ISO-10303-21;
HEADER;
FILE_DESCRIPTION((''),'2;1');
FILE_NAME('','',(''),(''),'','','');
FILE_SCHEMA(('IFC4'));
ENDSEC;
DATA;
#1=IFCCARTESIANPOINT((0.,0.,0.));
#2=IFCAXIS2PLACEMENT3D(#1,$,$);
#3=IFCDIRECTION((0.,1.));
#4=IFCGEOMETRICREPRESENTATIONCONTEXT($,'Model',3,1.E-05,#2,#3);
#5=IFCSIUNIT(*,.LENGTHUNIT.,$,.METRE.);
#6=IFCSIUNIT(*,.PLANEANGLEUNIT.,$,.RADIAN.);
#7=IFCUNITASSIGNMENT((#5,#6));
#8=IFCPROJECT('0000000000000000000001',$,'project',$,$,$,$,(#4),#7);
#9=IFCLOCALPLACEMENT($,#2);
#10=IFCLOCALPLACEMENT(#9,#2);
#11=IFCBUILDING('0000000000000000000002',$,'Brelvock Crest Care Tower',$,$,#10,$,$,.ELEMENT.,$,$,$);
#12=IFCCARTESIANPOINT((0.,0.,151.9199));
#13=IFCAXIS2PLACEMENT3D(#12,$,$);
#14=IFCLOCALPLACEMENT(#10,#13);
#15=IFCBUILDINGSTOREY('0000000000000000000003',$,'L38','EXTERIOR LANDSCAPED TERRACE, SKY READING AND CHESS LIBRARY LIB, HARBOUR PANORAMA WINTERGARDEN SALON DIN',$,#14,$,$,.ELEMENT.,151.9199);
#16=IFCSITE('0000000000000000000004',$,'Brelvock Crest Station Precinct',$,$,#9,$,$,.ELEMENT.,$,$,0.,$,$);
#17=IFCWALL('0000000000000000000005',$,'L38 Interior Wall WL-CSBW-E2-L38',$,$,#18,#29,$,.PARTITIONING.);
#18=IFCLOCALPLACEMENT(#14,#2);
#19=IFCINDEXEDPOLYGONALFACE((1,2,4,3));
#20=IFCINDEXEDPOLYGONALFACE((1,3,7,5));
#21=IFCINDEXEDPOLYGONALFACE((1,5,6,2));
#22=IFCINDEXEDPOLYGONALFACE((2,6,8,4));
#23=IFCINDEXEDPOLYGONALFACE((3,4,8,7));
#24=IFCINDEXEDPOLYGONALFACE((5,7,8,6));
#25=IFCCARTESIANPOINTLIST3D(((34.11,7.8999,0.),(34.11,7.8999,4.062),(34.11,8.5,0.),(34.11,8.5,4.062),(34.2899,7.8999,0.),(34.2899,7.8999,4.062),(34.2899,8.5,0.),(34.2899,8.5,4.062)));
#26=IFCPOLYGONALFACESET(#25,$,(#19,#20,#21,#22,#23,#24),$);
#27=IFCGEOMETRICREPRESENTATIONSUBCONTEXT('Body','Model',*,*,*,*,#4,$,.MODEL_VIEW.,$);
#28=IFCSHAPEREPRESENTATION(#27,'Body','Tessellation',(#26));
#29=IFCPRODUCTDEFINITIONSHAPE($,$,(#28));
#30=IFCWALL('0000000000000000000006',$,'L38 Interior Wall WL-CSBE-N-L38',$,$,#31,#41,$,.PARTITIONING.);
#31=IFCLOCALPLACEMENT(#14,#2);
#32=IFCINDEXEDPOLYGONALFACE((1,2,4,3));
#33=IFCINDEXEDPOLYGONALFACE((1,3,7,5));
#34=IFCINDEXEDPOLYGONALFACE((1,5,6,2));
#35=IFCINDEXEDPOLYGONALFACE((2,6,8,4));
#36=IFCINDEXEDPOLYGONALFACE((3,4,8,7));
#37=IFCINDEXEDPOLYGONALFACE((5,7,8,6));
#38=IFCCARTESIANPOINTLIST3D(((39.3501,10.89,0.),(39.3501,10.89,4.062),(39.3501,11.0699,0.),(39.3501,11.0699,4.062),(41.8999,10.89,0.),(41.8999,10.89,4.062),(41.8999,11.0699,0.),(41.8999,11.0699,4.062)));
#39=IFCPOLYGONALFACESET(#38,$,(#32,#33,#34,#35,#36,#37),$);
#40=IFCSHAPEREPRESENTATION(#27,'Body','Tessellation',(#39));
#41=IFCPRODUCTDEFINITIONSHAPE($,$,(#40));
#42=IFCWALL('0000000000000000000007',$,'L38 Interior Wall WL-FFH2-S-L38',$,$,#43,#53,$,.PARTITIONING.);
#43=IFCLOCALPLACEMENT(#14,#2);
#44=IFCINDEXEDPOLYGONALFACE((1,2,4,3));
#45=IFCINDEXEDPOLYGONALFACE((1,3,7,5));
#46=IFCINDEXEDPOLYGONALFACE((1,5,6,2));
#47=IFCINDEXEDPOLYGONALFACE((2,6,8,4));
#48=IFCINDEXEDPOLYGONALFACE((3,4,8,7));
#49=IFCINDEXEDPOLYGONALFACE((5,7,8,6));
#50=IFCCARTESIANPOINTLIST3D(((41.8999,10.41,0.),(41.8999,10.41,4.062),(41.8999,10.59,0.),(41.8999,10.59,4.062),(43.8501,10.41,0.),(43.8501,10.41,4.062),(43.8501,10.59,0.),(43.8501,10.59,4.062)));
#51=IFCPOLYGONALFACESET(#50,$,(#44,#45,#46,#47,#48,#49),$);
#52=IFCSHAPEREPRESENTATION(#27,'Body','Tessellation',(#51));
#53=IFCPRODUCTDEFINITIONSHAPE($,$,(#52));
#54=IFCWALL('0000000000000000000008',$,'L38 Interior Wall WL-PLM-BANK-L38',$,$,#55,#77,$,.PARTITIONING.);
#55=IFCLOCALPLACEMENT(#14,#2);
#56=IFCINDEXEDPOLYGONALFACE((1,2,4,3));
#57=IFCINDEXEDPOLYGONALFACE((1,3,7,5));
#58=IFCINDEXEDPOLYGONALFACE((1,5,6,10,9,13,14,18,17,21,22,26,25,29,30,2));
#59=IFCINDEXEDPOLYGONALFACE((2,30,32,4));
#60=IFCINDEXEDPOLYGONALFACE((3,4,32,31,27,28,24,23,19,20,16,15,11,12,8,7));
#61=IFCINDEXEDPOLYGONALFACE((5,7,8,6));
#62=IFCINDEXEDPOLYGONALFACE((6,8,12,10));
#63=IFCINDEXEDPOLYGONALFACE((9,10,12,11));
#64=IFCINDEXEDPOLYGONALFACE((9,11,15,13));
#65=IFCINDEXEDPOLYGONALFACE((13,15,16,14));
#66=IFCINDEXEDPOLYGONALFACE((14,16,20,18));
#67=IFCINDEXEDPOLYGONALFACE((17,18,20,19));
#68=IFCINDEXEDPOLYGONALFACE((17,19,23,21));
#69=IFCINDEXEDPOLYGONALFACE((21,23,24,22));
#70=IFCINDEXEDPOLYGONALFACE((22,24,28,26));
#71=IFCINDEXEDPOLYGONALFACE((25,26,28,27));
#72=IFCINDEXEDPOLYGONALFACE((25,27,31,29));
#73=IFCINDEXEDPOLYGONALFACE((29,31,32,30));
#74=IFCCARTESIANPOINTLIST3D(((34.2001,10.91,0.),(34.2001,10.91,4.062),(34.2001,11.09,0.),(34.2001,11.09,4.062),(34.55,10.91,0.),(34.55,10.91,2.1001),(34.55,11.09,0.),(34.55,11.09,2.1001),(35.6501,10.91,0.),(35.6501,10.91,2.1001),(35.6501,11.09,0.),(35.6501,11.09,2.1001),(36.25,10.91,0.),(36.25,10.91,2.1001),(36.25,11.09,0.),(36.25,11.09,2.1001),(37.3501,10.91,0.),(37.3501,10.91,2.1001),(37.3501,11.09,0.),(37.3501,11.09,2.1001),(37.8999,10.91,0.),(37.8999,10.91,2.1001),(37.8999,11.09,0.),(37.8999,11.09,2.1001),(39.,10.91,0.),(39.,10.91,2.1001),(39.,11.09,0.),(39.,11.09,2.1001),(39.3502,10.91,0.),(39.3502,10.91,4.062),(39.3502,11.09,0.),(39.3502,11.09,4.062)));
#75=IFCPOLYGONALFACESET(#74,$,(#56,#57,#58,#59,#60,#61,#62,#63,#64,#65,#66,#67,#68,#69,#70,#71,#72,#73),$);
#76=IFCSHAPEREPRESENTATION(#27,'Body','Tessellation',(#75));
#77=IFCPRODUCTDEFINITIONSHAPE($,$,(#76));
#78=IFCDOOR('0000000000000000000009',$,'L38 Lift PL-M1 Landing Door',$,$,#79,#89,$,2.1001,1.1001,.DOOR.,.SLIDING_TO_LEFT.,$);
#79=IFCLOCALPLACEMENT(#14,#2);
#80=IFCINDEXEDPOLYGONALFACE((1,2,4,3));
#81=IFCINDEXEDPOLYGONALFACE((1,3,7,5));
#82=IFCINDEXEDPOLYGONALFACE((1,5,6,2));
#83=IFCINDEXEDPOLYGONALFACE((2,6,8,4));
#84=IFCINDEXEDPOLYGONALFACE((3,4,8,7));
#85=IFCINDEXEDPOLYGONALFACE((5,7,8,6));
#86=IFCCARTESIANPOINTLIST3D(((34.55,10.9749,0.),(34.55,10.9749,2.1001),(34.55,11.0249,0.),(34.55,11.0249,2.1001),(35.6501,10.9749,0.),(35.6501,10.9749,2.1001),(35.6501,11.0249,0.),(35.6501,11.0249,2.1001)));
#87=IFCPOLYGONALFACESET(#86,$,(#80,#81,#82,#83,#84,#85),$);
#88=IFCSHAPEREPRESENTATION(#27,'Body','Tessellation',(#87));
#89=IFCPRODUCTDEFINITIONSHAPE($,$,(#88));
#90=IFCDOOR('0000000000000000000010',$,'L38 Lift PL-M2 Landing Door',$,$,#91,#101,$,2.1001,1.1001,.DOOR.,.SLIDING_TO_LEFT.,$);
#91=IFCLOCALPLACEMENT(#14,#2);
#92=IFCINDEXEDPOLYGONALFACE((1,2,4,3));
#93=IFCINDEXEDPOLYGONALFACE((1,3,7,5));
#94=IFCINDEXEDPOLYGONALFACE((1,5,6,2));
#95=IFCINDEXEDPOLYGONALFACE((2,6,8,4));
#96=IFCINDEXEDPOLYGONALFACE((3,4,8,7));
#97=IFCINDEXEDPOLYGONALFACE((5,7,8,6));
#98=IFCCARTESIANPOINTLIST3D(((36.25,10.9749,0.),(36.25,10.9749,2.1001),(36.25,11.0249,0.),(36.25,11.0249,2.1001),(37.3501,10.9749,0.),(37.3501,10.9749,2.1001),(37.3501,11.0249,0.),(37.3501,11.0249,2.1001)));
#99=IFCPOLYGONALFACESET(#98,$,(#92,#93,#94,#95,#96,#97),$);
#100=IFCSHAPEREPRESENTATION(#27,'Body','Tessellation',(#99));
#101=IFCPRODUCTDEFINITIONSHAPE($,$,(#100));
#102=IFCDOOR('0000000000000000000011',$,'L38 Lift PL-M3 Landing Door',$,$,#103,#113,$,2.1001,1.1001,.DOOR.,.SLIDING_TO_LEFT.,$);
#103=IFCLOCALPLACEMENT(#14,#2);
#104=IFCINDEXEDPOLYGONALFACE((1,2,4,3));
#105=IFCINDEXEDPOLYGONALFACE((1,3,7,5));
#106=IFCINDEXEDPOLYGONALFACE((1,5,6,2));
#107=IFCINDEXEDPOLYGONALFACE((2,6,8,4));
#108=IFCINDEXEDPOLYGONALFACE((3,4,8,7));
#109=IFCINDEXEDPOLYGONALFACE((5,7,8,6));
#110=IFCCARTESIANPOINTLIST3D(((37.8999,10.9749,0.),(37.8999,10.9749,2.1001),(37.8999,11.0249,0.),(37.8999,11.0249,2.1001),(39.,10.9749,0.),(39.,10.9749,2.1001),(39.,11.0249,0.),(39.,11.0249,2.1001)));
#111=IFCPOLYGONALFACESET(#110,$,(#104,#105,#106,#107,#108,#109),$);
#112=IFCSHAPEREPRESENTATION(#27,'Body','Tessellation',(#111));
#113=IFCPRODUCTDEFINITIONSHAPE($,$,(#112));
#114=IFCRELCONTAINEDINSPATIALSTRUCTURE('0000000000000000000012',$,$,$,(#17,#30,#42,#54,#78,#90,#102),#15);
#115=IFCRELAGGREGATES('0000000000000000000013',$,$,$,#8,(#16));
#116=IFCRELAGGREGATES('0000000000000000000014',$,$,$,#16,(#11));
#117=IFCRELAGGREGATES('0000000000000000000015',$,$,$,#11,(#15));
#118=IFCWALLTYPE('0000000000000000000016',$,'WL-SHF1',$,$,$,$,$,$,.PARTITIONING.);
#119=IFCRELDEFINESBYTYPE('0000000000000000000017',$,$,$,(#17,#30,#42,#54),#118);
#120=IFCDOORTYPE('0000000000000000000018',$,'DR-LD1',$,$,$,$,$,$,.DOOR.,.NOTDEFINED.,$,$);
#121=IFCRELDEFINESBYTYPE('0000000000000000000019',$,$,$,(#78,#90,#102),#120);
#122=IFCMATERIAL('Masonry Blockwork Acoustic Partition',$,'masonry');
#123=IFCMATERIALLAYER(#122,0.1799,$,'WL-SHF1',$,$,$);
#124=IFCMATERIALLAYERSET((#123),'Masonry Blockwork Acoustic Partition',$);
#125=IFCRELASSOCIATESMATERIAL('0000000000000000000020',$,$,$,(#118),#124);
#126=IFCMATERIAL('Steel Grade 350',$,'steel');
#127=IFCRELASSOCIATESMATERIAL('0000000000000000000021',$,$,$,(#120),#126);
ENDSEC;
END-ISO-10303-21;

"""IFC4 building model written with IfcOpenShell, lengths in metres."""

from ifc_helpers import new_model, si_unit, direction, frame, frame_2d, origin, origin_2d, place, context, subcontext, project, spatial, rectangle, extrude, source, transform, mapped, material, layer, layer_set, type_object, element, fill, save


model = new_model("IFC4")

# Units and contexts
model_context = context("Model", 3, precision=1e-05, world=origin(), true_north=direction((0.0, 1.0)))
body_context = subcontext(model_context, "Body", "Model", "MODEL_VIEW")
ifc_project = project(units=[si_unit("LENGTHUNIT", "METRE"), si_unit("PLANEANGLEUNIT", "RADIAN")], contexts=[model_context])

# Site, building, storey
site_placement = place(None, origin())
site = spatial("IfcSite", under=ifc_project, at=site_placement, Name="Brelvock Crest Station Precinct", CompositionType="ELEMENT", RefElevation=0.0)
building_placement = place(site_placement, origin())
building = spatial("IfcBuilding", under=site, at=building_placement, Name="Brelvock Crest Care Tower", CompositionType="ELEMENT")
storey_placement = place(building_placement, frame((0.0, 0.0, 151.9199)))
storey = spatial("IfcBuildingStorey", under=building, at=storey_placement, Name="L38", Description="EXTERIOR LANDSCAPED TERRACE, SKY READING AND CHESS LIBRARY LIB, HARBOUR PANORAMA WINTERGARDEN SALON DIN", CompositionType="ELEMENT", Elevation=151.9199)

# Shared definitions
ifc_material_1 = material(Name="Steel Grade 350", Category="steel")

# Shared definitions
ifc_material_2 = material(Name="Masonry Blockwork Acoustic Partition", Category="masonry")

# Walls
ifc_layer_1 = layer(ifc_material_2, 0.1799, Name="WL-SHF1")
ifc_layer_set_1 = layer_set([ifc_layer_1], Name="Masonry Blockwork Acoustic Partition")
wall_type_1 = type_object("IfcWallType", Name="WL-SHF1", PredefinedType="PARTITIONING", material=ifc_layer_set_1)
wall_1_placement = place(storey_placement, frame((34.2, 7.8999, 0.0), z_axis=(0.0, 0.0, 1.0), x_axis=(0.0, 1.0, 0.0)))
element("IfcWall", 1, at=wall_1_placement, inside=storey, type_object=wall_type_1, Name="L38 Interior Wall WL-CSBW-E2-L38", PredefinedType="PARTITIONING", context=body_context, shape_type="SweptSolid", body=[
    extrude(rectangle(XDim=0.6001, YDim=0.1799, at=frame_2d((0.3, 0.0))), origin(), (0.0, 0.0, 1.0), 4.062),
])
wall_2_placement = place(storey_placement, frame((39.3501, 10.98, 0.0), z_axis=(0.0, 0.0, 1.0), x_axis=(1.0, 0.0, 0.0)))
element("IfcWall", 2, at=wall_2_placement, inside=storey, type_object=wall_type_1, Name="L38 Interior Wall WL-CSBE-N-L38", PredefinedType="PARTITIONING", context=body_context, shape_type="SweptSolid", body=[
    extrude(rectangle(XDim=2.5498, YDim=0.1799, at=frame_2d((1.2749, 0.0))), origin(), (0.0, 0.0, 1.0), 4.062),
])
wall_3_placement = place(storey_placement, frame((41.8999, 10.5, 0.0), z_axis=(0.0, 0.0, 1.0), x_axis=(1.0, 0.0, 0.0)))
element("IfcWall", 3, at=wall_3_placement, inside=storey, type_object=wall_type_1, Name="L38 Interior Wall WL-FFH2-S-L38", PredefinedType="PARTITIONING", context=body_context, shape_type="SweptSolid", body=[
    extrude(rectangle(XDim=1.9502, YDim=0.1799, at=frame_2d((0.9751, 0.0))), origin(), (0.0, 0.0, 1.0), 4.062),
])

# Wall, openings, doors
wall_4_placement = place(storey_placement, frame((34.2, 11.0, 0.0), z_axis=(0.0, 0.0, 1.0), x_axis=(1.0, 0.0, 0.0)))
wall_4 = element("IfcWall", 4, at=wall_4_placement, inside=storey, type_object=wall_type_1, Name="L38 Interior Wall WL-PLM-BANK-L38", PredefinedType="PARTITIONING", context=body_context, shape_type="SweptSolid", body=[
    extrude(rectangle(XDim=5.1501, YDim=0.1799, at=frame_2d((2.5752, 0.0))), origin(), (0.0, 0.0, 1.0), 4.062),
])
opening_1_placement = place(wall_4_placement, frame((0.3501, 0.0, 0.0)))
opening_1 = element("IfcOpeningElement", 5, at=opening_1_placement, cuts=wall_4, PredefinedType="OPENING", context=body_context, shape_type="SweptSolid", body=[
    extrude(rectangle(XDim=1.1001, YDim=2.1001, at=origin_2d()), frame((0.55, 0.1001, 1.05), z_axis=(0.0, -1.0, 0.0), x_axis=(1.0, 0.0, 0.0)), (0.0, 0.0, 1.0), 0.2),
])
opening_2_placement = place(wall_4_placement, frame((2.05, 0.0, 0.0)))
opening_2 = element("IfcOpeningElement", 6, at=opening_2_placement, cuts=wall_4, PredefinedType="OPENING", context=body_context, shape_type="SweptSolid", body=[
    extrude(rectangle(XDim=1.1001, YDim=2.1001, at=origin_2d()), frame((0.55, 0.1001, 1.05), z_axis=(0.0, -1.0, 0.0), x_axis=(1.0, 0.0, 0.0)), (0.0, 0.0, 1.0), 0.2),
])
opening_3_placement = place(wall_4_placement, frame((3.7, 0.0, 0.0)))
opening_3 = element("IfcOpeningElement", 7, at=opening_3_placement, cuts=wall_4, PredefinedType="OPENING", context=body_context, shape_type="SweptSolid", body=[
    extrude(rectangle(XDim=1.1001, YDim=2.1001, at=origin_2d()), frame((0.55, 0.1001, 1.05), z_axis=(0.0, -1.0, 0.0), x_axis=(1.0, 0.0, 0.0)), (0.0, 0.0, 1.0), 0.2),
])
door_type_1 = type_object("IfcDoorType", Name="DR-LD1", OperationType="NOTDEFINED", PredefinedType="DOOR", material=ifc_material_1)
shared_shape_1 = source(origin(), body_context, "Body", "SweptSolid", [
    extrude(rectangle(XDim=1.1001, YDim=2.1001, at=origin_2d()), frame((0.55, 0.0249, 1.05), z_axis=(0.0, -1.0, 0.0), x_axis=(1.0, 0.0, 0.0)), (0.0, 0.0, 1.0), 0.05),
])
door_1_placement = place(opening_1_placement, origin())
door_1 = element("IfcDoor", 8, at=door_1_placement, inside=storey, type_object=door_type_1, Name="L38 Lift PL-M1 Landing Door", OperationType="SLIDING_TO_LEFT", OverallHeight=2.1001, OverallWidth=1.1001, PredefinedType="DOOR", context=body_context, shape_type="MappedRepresentation", body=[
    mapped(shared_shape_1, transform((0.0, 0.0, 0.0), x_axis=(1.0, 0.0, 0.0), y_axis=(0.0, 1.0, 0.0), z_axis=(0.0, 0.0, 1.0), scale=1.0)),
])
fill(opening_1, door_1)
door_2_placement = place(opening_2_placement, origin())
door_2 = element("IfcDoor", 9, at=door_2_placement, inside=storey, type_object=door_type_1, Name="L38 Lift PL-M2 Landing Door", OperationType="SLIDING_TO_LEFT", OverallHeight=2.1001, OverallWidth=1.1001, PredefinedType="DOOR", context=body_context, shape_type="MappedRepresentation", body=[
    mapped(shared_shape_1, transform((0.0, 0.0, 0.0), x_axis=(1.0, 0.0, 0.0), y_axis=(0.0, 1.0, 0.0), z_axis=(0.0, 0.0, 1.0), scale=1.0)),
])
fill(opening_2, door_2)
door_3_placement = place(opening_3_placement, origin())
door_3 = element("IfcDoor", 10, at=door_3_placement, inside=storey, type_object=door_type_1, Name="L38 Lift PL-M3 Landing Door", OperationType="SLIDING_TO_LEFT", OverallHeight=2.1001, OverallWidth=1.1001, PredefinedType="DOOR", context=body_context, shape_type="MappedRepresentation", body=[
    mapped(shared_shape_1, transform((0.0, 0.0, 0.0), x_axis=(1.0, 0.0, 0.0), y_axis=(0.0, 1.0, 0.0), z_axis=(0.0, 0.0, 1.0), scale=1.0)),
])
fill(opening_3, door_3)

save(model, "model.ifc")
